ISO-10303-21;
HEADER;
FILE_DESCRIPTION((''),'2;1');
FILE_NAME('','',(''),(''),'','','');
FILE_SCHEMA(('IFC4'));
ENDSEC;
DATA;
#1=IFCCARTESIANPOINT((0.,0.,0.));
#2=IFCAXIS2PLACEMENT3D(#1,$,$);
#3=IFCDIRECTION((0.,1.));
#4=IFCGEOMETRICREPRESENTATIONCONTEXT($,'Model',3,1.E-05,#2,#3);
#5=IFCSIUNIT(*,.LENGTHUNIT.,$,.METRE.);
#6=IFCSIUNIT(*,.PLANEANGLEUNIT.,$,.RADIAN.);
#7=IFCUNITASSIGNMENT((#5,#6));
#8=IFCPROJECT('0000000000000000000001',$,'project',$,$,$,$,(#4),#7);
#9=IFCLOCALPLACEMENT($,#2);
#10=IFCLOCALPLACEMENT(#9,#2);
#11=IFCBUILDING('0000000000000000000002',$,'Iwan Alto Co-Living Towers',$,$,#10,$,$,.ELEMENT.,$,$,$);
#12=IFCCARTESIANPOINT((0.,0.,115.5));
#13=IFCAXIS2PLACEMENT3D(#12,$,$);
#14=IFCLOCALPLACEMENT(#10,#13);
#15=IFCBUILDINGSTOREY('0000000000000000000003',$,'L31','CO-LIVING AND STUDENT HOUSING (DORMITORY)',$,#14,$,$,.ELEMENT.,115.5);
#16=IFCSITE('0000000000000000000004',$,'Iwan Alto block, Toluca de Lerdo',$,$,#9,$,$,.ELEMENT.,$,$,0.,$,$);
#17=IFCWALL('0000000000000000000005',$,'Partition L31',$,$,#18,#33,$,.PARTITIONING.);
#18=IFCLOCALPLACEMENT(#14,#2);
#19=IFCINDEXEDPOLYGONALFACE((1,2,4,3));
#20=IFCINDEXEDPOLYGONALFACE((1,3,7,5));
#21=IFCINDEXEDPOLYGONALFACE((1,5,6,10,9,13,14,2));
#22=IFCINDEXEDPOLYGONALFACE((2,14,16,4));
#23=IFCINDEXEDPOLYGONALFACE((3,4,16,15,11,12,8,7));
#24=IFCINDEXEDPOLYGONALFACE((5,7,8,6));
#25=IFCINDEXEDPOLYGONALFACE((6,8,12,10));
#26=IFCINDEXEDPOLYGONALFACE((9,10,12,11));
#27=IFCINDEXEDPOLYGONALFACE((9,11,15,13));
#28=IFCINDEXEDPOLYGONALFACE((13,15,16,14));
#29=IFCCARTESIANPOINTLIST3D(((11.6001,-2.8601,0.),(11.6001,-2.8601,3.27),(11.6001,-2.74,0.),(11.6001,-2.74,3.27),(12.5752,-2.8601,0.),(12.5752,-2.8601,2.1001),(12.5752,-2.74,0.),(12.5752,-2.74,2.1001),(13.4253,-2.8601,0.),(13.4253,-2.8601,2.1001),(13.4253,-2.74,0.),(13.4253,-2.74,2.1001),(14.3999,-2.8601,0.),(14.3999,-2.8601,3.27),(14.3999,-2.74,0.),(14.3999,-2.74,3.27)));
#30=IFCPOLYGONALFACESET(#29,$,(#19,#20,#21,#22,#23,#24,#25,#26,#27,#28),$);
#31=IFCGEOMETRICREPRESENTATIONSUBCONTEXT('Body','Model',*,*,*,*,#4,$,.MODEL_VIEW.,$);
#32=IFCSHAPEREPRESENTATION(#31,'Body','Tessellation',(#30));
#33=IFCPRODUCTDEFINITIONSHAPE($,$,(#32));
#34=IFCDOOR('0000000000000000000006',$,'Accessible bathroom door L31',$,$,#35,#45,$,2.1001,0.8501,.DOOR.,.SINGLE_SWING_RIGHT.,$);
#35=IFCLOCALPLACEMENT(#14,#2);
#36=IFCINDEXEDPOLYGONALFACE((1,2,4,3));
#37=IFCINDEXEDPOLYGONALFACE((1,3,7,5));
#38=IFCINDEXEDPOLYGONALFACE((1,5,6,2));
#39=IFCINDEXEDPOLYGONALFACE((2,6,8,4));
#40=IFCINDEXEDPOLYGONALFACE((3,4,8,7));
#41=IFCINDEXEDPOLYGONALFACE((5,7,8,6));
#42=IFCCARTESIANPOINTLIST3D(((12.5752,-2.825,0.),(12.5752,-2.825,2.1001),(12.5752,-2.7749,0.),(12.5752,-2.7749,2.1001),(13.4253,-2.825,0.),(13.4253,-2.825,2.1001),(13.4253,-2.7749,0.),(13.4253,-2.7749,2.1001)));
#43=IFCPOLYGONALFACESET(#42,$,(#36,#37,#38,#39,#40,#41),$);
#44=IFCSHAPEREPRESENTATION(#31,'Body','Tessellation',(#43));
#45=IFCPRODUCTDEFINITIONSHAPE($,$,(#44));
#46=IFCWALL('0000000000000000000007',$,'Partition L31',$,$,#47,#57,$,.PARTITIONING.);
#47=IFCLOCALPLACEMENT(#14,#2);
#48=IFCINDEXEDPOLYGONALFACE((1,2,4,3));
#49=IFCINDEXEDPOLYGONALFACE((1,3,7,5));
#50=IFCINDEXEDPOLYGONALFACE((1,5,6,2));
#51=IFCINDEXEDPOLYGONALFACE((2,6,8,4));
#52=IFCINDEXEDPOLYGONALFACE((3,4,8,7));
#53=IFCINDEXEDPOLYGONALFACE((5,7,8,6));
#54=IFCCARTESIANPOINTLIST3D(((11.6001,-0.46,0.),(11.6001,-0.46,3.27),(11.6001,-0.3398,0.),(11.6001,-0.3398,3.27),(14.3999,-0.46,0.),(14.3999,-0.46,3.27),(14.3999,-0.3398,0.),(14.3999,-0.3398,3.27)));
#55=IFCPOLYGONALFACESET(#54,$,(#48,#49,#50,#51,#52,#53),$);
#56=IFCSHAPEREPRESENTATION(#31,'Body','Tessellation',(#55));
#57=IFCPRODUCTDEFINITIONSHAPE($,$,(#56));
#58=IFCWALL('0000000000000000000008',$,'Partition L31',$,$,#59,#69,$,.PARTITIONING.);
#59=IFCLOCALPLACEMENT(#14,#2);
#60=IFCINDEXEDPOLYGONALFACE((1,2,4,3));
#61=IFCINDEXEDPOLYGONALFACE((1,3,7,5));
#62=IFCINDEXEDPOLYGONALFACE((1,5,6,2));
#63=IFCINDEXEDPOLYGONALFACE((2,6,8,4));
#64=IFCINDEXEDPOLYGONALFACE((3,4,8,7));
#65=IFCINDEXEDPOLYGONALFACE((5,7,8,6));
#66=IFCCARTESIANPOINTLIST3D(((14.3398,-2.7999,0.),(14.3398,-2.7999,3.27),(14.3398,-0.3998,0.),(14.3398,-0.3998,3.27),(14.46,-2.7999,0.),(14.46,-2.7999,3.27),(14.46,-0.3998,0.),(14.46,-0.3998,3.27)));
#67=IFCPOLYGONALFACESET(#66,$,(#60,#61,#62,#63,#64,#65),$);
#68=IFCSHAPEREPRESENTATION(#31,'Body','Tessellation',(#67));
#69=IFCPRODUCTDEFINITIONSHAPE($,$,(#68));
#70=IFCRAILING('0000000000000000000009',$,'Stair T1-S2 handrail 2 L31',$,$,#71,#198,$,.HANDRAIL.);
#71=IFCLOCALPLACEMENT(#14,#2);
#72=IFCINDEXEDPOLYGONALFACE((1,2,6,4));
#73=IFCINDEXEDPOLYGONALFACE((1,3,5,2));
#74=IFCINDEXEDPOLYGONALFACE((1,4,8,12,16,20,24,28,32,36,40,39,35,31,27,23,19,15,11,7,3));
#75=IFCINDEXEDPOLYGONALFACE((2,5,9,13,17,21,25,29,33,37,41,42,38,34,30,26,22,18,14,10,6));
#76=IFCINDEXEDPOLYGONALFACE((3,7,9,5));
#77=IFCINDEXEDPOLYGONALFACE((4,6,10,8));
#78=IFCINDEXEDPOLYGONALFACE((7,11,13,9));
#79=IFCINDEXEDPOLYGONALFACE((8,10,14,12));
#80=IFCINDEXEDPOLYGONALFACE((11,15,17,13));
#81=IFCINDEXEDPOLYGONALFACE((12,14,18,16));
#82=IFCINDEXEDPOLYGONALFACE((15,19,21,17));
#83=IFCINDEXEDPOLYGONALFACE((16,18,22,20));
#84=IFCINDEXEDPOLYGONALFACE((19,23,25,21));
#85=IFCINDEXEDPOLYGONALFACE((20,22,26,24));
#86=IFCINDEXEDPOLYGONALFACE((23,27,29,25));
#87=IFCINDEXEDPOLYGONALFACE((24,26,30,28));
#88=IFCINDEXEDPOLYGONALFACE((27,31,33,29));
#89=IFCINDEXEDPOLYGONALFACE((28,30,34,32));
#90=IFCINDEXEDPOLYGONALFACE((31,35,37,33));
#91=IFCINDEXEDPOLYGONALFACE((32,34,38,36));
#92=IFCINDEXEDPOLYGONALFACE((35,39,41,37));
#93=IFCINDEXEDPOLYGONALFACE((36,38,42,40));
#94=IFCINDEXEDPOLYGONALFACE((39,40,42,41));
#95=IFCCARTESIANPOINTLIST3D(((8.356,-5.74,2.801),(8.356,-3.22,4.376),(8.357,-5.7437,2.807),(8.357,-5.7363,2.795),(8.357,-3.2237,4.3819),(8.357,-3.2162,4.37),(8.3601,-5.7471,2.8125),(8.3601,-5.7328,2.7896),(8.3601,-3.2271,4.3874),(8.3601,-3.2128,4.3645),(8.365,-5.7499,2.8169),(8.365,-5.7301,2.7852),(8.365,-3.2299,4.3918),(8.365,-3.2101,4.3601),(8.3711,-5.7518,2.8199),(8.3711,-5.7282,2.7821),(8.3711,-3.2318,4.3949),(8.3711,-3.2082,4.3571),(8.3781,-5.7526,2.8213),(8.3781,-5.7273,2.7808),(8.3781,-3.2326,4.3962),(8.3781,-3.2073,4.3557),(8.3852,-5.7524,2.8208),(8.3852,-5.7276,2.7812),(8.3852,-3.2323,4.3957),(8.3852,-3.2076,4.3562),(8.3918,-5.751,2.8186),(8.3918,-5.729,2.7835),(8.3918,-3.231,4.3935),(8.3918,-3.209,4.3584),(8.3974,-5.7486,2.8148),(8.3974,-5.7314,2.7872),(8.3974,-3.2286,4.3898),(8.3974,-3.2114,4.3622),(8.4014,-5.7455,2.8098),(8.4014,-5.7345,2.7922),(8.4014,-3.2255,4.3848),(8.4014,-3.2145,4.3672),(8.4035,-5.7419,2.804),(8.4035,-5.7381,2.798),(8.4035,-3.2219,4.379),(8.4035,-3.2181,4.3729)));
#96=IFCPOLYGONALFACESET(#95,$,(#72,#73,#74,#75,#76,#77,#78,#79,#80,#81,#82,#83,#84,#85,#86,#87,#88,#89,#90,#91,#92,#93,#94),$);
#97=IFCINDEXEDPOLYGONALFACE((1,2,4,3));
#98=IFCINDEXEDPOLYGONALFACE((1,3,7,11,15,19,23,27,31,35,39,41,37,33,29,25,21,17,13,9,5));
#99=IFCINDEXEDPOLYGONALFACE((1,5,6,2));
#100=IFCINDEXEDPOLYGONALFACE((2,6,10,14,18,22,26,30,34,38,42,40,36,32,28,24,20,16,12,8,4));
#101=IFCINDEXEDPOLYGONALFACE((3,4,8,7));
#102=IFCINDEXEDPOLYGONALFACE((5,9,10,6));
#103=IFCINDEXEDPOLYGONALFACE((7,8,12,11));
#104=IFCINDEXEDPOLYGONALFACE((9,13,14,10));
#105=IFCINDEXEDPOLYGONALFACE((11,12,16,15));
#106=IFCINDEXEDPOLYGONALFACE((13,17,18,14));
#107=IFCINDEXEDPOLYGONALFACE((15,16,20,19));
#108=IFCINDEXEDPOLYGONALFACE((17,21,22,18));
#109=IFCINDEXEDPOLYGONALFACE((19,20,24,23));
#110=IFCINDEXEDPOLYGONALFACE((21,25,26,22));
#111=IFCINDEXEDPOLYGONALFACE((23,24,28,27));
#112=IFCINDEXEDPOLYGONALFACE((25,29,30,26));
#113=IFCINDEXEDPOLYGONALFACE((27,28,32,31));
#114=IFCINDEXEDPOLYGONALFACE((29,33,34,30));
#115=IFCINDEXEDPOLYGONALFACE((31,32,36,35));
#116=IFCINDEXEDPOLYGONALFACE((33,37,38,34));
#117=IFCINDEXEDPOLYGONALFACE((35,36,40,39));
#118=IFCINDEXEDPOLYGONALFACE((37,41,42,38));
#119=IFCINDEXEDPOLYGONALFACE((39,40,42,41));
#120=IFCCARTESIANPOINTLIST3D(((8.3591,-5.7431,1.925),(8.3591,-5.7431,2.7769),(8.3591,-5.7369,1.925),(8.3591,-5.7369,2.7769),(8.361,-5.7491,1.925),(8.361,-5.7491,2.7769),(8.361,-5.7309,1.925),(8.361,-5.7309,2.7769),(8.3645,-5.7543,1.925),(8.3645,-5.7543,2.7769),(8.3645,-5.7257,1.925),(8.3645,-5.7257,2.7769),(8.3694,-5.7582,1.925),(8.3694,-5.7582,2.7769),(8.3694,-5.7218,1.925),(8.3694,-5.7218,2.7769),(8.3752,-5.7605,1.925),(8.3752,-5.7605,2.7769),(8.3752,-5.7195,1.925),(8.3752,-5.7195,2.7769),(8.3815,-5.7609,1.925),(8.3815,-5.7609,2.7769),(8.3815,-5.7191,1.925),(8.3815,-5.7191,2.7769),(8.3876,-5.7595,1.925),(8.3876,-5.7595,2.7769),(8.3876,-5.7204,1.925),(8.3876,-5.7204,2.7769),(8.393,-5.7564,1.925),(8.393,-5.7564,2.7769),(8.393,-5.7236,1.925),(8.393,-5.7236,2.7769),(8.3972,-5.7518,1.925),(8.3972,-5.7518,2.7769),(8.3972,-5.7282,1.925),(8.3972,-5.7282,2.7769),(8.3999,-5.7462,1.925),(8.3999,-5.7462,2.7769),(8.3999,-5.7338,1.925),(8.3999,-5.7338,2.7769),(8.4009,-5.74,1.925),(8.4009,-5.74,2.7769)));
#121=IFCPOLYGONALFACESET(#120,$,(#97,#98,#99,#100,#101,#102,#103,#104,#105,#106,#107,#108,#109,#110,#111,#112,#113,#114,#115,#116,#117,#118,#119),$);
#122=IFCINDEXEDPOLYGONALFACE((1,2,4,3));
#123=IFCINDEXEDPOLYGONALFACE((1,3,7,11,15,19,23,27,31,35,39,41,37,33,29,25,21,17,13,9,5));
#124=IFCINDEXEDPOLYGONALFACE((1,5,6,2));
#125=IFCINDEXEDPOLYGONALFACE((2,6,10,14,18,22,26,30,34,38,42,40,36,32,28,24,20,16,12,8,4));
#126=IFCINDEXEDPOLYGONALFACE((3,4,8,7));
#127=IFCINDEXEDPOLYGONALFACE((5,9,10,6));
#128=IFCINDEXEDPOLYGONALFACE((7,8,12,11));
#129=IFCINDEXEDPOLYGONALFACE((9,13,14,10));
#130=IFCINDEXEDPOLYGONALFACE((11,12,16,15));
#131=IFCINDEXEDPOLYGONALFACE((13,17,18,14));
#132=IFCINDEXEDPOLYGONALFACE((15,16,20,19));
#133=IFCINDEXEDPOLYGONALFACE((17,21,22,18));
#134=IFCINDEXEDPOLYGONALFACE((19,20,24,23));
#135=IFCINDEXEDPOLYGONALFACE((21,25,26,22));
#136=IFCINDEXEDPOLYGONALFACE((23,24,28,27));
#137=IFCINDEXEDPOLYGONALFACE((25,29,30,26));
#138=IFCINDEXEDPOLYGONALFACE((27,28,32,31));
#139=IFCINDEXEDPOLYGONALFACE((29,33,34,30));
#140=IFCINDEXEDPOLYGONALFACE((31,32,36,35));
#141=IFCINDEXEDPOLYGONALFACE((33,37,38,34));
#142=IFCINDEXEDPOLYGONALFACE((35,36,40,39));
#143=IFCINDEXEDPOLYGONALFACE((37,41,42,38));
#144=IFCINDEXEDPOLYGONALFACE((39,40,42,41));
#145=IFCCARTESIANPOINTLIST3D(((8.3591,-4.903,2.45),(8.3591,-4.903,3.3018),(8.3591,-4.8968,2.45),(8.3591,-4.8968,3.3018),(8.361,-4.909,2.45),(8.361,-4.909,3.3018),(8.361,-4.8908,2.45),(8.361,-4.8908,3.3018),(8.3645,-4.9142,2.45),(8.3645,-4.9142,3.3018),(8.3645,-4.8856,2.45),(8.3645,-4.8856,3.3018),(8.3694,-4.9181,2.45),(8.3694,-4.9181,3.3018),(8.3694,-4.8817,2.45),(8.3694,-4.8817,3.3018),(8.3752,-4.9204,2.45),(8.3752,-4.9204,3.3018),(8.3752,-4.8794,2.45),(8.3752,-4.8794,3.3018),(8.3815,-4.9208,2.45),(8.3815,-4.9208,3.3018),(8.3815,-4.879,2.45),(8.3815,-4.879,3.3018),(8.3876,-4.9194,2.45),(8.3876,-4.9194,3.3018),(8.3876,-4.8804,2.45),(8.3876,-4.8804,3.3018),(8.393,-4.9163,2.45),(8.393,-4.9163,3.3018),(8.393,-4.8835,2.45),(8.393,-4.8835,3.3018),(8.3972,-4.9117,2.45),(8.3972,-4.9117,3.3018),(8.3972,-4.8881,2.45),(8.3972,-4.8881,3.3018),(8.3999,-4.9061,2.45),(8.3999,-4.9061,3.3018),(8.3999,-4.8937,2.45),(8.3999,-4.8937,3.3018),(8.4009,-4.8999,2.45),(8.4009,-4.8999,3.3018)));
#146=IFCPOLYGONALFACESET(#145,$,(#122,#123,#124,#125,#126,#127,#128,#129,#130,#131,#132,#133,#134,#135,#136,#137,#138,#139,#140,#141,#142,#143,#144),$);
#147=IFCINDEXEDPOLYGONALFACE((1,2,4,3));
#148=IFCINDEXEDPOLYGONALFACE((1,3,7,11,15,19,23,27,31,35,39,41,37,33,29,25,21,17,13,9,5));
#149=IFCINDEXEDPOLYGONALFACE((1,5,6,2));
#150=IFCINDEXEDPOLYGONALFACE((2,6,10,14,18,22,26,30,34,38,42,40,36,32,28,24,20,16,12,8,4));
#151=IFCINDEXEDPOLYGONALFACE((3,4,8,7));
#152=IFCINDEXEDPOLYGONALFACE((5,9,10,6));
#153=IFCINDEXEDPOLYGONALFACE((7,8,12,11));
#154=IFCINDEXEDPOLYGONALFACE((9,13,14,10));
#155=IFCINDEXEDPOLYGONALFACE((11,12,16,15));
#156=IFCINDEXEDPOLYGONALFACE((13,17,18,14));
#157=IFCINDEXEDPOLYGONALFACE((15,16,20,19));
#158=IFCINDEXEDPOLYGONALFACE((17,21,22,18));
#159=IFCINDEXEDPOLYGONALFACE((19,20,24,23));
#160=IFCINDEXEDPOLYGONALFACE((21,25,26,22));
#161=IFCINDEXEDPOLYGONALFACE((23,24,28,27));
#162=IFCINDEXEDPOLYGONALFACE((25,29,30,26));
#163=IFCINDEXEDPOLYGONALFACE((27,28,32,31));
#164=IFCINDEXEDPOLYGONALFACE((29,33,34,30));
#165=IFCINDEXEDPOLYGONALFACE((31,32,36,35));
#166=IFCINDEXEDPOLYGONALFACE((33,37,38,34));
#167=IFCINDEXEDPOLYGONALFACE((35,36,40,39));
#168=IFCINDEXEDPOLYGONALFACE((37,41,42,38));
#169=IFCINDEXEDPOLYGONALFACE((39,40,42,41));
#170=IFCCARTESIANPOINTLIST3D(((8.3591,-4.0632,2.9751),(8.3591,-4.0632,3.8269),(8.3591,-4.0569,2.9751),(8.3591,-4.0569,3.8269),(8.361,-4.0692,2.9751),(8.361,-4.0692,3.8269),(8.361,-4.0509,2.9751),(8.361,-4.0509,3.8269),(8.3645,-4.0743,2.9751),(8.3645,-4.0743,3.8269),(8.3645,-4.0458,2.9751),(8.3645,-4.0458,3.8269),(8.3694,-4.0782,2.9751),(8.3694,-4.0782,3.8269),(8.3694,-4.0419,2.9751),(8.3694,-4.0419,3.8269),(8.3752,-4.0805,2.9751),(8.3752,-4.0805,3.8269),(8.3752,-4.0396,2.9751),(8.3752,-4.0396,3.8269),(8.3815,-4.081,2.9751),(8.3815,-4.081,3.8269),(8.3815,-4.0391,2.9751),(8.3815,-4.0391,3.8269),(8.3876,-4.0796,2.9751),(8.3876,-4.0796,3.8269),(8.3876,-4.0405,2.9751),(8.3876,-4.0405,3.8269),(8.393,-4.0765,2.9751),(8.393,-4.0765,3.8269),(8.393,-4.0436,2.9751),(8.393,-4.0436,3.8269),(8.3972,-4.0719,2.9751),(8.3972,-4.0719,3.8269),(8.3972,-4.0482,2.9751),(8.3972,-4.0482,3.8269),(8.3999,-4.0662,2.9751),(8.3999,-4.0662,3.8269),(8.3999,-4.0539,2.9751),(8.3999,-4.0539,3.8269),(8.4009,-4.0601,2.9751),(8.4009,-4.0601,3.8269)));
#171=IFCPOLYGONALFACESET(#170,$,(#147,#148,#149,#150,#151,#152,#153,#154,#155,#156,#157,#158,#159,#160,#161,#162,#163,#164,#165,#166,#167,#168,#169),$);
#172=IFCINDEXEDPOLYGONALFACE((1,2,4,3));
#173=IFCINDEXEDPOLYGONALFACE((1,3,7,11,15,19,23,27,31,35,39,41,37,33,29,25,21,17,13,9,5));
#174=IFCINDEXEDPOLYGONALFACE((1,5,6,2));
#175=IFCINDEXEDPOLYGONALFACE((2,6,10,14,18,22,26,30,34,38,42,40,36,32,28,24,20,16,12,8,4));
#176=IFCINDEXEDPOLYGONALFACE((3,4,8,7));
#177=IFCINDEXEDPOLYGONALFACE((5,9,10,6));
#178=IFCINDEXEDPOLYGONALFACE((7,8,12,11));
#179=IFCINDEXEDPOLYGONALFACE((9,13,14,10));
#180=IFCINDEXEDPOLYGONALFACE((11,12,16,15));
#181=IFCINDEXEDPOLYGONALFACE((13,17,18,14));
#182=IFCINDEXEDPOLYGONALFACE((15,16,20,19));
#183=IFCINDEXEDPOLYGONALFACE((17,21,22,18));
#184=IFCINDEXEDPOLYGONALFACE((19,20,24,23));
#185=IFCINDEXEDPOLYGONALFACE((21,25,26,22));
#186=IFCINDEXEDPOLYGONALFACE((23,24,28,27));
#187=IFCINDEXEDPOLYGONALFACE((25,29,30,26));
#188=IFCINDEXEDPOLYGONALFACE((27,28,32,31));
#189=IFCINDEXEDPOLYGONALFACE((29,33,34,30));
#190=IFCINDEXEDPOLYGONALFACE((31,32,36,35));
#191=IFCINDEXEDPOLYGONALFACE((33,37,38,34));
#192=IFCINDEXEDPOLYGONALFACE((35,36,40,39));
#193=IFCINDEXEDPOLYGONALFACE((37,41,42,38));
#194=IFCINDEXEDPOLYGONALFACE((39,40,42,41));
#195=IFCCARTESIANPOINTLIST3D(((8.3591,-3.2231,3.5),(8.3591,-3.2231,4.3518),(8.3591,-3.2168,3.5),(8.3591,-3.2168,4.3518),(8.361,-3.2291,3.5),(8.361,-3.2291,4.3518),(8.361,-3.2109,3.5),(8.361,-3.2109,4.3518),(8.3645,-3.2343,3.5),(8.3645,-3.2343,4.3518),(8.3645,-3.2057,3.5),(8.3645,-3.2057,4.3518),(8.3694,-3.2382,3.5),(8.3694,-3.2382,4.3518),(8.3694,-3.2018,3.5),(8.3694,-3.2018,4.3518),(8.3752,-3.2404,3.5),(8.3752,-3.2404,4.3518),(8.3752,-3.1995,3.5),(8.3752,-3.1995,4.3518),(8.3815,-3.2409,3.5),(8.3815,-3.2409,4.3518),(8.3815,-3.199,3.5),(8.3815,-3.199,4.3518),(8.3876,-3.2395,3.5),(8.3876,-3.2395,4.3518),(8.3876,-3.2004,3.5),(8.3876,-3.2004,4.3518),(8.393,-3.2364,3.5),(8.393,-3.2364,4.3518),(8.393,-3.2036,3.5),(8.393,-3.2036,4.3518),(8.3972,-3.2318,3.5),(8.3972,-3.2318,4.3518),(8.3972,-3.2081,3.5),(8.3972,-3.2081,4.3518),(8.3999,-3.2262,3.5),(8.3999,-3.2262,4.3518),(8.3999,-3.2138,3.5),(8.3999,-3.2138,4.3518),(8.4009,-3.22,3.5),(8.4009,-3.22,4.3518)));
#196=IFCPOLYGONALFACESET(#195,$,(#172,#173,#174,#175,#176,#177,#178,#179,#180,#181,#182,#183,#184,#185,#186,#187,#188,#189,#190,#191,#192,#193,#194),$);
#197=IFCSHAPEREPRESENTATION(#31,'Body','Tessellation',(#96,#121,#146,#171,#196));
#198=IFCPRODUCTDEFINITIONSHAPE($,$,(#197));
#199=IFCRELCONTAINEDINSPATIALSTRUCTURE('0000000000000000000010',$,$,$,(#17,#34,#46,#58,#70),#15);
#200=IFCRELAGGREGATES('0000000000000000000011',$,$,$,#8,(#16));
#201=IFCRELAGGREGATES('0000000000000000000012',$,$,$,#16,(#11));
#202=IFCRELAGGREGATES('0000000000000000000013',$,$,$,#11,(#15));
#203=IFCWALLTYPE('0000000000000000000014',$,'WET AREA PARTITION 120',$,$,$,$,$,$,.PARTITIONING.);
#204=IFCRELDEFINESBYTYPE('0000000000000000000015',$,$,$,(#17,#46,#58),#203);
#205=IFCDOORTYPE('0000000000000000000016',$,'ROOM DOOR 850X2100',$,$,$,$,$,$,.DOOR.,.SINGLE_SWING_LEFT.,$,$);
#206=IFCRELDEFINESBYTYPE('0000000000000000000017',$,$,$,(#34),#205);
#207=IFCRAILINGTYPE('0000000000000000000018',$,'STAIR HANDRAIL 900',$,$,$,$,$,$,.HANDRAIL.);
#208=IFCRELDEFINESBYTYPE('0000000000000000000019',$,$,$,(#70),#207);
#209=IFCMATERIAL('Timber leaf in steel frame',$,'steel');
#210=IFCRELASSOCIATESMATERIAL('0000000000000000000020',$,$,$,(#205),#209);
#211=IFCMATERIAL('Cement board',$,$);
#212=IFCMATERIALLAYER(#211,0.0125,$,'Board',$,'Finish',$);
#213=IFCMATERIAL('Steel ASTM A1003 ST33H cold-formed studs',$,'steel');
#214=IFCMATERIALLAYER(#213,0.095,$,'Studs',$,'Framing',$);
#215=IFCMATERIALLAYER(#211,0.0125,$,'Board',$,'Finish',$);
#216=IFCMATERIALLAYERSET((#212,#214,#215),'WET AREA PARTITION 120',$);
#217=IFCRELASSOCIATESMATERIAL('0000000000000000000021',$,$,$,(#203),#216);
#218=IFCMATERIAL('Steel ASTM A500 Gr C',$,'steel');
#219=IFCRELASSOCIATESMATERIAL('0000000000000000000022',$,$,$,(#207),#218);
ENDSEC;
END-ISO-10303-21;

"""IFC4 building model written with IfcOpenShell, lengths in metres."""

from ifc_helpers import new_model, si_unit, direction, frame, frame_2d, origin, origin_2d, place, context, subcontext, project, spatial, rectangle, circle, extrude, material, layer, layer_set, type_object, element, fill, save


model = new_model("IFC4")

# Units and contexts
model_context = context("Model", 3, precision=1e-05, world=origin(), true_north=direction((0.0, 1.0)))
body_context = subcontext(model_context, "Body", "Model", "MODEL_VIEW")
ifc_project = project(units=[si_unit("LENGTHUNIT", "METRE"), si_unit("PLANEANGLEUNIT", "RADIAN")], contexts=[model_context])

# Site, building, storey
site_placement = place(None, origin())
site = spatial("IfcSite", under=ifc_project, at=site_placement, Name="Iwan Alto block, Toluca de Lerdo", CompositionType="ELEMENT", RefElevation=0.0)
building_placement = place(site_placement, origin())
building = spatial("IfcBuilding", under=site, at=building_placement, Name="Iwan Alto Co-Living Towers", CompositionType="ELEMENT")
storey_placement = place(building_placement, frame((0.0, 0.0, 115.5)))
storey = spatial("IfcBuildingStorey", under=building, at=storey_placement, Name="L31", Description="CO-LIVING AND STUDENT HOUSING (DORMITORY)", CompositionType="ELEMENT", Elevation=115.5)

# Shared definitions
ifc_material_1 = material(Name="Steel ASTM A1003 ST33H cold-formed studs", Category="steel")

# Shared definitions
ifc_material_2 = material(Name="Timber leaf in steel frame", Category="steel")
door_type_1 = type_object("IfcDoorType", Name="ROOM DOOR 850X2100", OperationType="SINGLE_SWING_LEFT", PredefinedType="DOOR", material=ifc_material_2)

# Wall, opening, door
ifc_material_3 = material(Name="Cement board")
ifc_layer_1 = layer(ifc_material_3, 0.0125, Name="Board", Category="Finish")
ifc_layer_2 = layer(ifc_material_1, 0.095, Name="Studs", Category="Framing")
ifc_layer_3 = layer(ifc_material_3, 0.0125, Name="Board", Category="Finish")
ifc_layer_set_1 = layer_set([ifc_layer_1, ifc_layer_2, ifc_layer_3], Name="WET AREA PARTITION 120")
wall_type_1 = type_object("IfcWallType", Name="WET AREA PARTITION 120", PredefinedType="PARTITIONING", material=ifc_layer_set_1)
wall_1_placement = place(storey_placement, frame((11.6001, -2.8, 0.0), z_axis=(0.0, 0.0, 1.0), x_axis=(1.0, 0.0, 0.0)))
wall_1 = element("IfcWall", 1, at=wall_1_placement, inside=storey, type_object=wall_type_1, Name="Partition L31", PredefinedType="PARTITIONING", context=body_context, shape_type="SweptSolid", body=[
    extrude(rectangle(XDim=2.7998, YDim=0.1201, at=frame_2d((1.3999, 0.0))), origin(), (0.0, 0.0, 1.0), 3.27),
])
opening_1_placement = place(wall_1_placement, frame((0.9751, 0.0, 0.0)))
opening_1 = element("IfcOpeningElement", 2, at=opening_1_placement, cuts=wall_1, PredefinedType="OPENING", context=body_context, shape_type="SweptSolid", body=[
    extrude(rectangle(XDim=0.8501, YDim=2.1001, at=frame_2d((0.425, 1.05))), frame((0.0, 0.0701, 0.0), z_axis=(0.0, -1.0, 0.0), x_axis=(1.0, 0.0, 0.0)), (0.0, 0.0, 1.0), 0.1401),
])
door_1_placement = place(opening_1_placement, frame((0.8501, 0.0, 0.0), z_axis=(0.0, 0.0, 1.0), x_axis=(-1.0, 0.0, 0.0)))
door_1 = element("IfcDoor", 3, at=door_1_placement, inside=storey, type_object=door_type_1, Name="Accessible bathroom door L31", OperationType="SINGLE_SWING_RIGHT", OverallHeight=2.1001, OverallWidth=0.8501, PredefinedType="DOOR", context=body_context, shape_type="SweptSolid", body=[
    extrude(rectangle(XDim=0.8501, YDim=2.1001, at=frame_2d((0.425, 1.05))), frame((0.0, 0.0249, 0.0), z_axis=(0.0, -1.0, 0.0), x_axis=(1.0, 0.0, 0.0)), (0.0, 0.0, 1.0), 0.05),
])
fill(opening_1, door_1)

# Walls
wall_2_placement = place(storey_placement, frame((11.6001, -0.3999, 0.0), z_axis=(0.0, 0.0, 1.0), x_axis=(1.0, 0.0, 0.0)))
element("IfcWall", 4, at=wall_2_placement, inside=storey, type_object=wall_type_1, Name="Partition L31", PredefinedType="PARTITIONING", context=body_context, shape_type="SweptSolid", body=[
    extrude(rectangle(XDim=2.7998, YDim=0.1201, at=frame_2d((1.3999, 0.0))), origin(), (0.0, 0.0, 1.0), 3.27),
])
wall_3_placement = place(storey_placement, frame((14.3999, -2.8, 0.0), z_axis=(0.0, 0.0, 1.0), x_axis=(0.0, 1.0, 0.0)))
element("IfcWall", 5, at=wall_3_placement, inside=storey, type_object=wall_type_1, Name="Partition L31", PredefinedType="PARTITIONING", context=body_context, shape_type="SweptSolid", body=[
    extrude(rectangle(XDim=2.4001, YDim=0.1201, at=frame_2d((1.2002, 0.0))), origin(), (0.0, 0.0, 1.0), 3.27),
])

# Railing
ifc_material_4 = material(Name="Steel ASTM A500 Gr C", Category="steel")
railing_type = type_object("IfcRailingType", Name="STAIR HANDRAIL 900", PredefinedType="HANDRAIL", material=ifc_material_4)
railing_placement = place(storey_placement, frame((8.3799, -5.74, 1.925)))
element("IfcRailing", 6, at=railing_placement, inside=storey, type_object=railing_type, Name="Stair T1-S2 handrail 2 L31", PredefinedType="HANDRAIL", context=body_context, shape_type="SweptSolid", body=[
    extrude(circle(Radius=0.0239, at=origin_2d()), frame((0.0, 0.0, 0.876), z_axis=(0.0, 0.848008, 0.529984), x_axis=(-1.0, 0.0, 0.0)), (0.0, 0.0, 1.0), 2.9717),
    extrude(circle(Radius=0.021, at=origin_2d()), origin(), (0.0, 0.0, 1.0), 0.8518),
    extrude(circle(Radius=0.021, at=origin_2d()), frame((0.0, 0.8401, 0.5249)), (0.0, 0.0, 1.0), 0.8518),
    extrude(circle(Radius=0.021, at=origin_2d()), frame((0.0, 1.6799, 1.05)), (0.0, 0.0, 1.0), 0.8518),
    extrude(circle(Radius=0.021, at=origin_2d()), frame((0.0, 2.52, 1.575)), (0.0, 0.0, 1.0), 0.8518),
])

save(model, "model.ifc")
